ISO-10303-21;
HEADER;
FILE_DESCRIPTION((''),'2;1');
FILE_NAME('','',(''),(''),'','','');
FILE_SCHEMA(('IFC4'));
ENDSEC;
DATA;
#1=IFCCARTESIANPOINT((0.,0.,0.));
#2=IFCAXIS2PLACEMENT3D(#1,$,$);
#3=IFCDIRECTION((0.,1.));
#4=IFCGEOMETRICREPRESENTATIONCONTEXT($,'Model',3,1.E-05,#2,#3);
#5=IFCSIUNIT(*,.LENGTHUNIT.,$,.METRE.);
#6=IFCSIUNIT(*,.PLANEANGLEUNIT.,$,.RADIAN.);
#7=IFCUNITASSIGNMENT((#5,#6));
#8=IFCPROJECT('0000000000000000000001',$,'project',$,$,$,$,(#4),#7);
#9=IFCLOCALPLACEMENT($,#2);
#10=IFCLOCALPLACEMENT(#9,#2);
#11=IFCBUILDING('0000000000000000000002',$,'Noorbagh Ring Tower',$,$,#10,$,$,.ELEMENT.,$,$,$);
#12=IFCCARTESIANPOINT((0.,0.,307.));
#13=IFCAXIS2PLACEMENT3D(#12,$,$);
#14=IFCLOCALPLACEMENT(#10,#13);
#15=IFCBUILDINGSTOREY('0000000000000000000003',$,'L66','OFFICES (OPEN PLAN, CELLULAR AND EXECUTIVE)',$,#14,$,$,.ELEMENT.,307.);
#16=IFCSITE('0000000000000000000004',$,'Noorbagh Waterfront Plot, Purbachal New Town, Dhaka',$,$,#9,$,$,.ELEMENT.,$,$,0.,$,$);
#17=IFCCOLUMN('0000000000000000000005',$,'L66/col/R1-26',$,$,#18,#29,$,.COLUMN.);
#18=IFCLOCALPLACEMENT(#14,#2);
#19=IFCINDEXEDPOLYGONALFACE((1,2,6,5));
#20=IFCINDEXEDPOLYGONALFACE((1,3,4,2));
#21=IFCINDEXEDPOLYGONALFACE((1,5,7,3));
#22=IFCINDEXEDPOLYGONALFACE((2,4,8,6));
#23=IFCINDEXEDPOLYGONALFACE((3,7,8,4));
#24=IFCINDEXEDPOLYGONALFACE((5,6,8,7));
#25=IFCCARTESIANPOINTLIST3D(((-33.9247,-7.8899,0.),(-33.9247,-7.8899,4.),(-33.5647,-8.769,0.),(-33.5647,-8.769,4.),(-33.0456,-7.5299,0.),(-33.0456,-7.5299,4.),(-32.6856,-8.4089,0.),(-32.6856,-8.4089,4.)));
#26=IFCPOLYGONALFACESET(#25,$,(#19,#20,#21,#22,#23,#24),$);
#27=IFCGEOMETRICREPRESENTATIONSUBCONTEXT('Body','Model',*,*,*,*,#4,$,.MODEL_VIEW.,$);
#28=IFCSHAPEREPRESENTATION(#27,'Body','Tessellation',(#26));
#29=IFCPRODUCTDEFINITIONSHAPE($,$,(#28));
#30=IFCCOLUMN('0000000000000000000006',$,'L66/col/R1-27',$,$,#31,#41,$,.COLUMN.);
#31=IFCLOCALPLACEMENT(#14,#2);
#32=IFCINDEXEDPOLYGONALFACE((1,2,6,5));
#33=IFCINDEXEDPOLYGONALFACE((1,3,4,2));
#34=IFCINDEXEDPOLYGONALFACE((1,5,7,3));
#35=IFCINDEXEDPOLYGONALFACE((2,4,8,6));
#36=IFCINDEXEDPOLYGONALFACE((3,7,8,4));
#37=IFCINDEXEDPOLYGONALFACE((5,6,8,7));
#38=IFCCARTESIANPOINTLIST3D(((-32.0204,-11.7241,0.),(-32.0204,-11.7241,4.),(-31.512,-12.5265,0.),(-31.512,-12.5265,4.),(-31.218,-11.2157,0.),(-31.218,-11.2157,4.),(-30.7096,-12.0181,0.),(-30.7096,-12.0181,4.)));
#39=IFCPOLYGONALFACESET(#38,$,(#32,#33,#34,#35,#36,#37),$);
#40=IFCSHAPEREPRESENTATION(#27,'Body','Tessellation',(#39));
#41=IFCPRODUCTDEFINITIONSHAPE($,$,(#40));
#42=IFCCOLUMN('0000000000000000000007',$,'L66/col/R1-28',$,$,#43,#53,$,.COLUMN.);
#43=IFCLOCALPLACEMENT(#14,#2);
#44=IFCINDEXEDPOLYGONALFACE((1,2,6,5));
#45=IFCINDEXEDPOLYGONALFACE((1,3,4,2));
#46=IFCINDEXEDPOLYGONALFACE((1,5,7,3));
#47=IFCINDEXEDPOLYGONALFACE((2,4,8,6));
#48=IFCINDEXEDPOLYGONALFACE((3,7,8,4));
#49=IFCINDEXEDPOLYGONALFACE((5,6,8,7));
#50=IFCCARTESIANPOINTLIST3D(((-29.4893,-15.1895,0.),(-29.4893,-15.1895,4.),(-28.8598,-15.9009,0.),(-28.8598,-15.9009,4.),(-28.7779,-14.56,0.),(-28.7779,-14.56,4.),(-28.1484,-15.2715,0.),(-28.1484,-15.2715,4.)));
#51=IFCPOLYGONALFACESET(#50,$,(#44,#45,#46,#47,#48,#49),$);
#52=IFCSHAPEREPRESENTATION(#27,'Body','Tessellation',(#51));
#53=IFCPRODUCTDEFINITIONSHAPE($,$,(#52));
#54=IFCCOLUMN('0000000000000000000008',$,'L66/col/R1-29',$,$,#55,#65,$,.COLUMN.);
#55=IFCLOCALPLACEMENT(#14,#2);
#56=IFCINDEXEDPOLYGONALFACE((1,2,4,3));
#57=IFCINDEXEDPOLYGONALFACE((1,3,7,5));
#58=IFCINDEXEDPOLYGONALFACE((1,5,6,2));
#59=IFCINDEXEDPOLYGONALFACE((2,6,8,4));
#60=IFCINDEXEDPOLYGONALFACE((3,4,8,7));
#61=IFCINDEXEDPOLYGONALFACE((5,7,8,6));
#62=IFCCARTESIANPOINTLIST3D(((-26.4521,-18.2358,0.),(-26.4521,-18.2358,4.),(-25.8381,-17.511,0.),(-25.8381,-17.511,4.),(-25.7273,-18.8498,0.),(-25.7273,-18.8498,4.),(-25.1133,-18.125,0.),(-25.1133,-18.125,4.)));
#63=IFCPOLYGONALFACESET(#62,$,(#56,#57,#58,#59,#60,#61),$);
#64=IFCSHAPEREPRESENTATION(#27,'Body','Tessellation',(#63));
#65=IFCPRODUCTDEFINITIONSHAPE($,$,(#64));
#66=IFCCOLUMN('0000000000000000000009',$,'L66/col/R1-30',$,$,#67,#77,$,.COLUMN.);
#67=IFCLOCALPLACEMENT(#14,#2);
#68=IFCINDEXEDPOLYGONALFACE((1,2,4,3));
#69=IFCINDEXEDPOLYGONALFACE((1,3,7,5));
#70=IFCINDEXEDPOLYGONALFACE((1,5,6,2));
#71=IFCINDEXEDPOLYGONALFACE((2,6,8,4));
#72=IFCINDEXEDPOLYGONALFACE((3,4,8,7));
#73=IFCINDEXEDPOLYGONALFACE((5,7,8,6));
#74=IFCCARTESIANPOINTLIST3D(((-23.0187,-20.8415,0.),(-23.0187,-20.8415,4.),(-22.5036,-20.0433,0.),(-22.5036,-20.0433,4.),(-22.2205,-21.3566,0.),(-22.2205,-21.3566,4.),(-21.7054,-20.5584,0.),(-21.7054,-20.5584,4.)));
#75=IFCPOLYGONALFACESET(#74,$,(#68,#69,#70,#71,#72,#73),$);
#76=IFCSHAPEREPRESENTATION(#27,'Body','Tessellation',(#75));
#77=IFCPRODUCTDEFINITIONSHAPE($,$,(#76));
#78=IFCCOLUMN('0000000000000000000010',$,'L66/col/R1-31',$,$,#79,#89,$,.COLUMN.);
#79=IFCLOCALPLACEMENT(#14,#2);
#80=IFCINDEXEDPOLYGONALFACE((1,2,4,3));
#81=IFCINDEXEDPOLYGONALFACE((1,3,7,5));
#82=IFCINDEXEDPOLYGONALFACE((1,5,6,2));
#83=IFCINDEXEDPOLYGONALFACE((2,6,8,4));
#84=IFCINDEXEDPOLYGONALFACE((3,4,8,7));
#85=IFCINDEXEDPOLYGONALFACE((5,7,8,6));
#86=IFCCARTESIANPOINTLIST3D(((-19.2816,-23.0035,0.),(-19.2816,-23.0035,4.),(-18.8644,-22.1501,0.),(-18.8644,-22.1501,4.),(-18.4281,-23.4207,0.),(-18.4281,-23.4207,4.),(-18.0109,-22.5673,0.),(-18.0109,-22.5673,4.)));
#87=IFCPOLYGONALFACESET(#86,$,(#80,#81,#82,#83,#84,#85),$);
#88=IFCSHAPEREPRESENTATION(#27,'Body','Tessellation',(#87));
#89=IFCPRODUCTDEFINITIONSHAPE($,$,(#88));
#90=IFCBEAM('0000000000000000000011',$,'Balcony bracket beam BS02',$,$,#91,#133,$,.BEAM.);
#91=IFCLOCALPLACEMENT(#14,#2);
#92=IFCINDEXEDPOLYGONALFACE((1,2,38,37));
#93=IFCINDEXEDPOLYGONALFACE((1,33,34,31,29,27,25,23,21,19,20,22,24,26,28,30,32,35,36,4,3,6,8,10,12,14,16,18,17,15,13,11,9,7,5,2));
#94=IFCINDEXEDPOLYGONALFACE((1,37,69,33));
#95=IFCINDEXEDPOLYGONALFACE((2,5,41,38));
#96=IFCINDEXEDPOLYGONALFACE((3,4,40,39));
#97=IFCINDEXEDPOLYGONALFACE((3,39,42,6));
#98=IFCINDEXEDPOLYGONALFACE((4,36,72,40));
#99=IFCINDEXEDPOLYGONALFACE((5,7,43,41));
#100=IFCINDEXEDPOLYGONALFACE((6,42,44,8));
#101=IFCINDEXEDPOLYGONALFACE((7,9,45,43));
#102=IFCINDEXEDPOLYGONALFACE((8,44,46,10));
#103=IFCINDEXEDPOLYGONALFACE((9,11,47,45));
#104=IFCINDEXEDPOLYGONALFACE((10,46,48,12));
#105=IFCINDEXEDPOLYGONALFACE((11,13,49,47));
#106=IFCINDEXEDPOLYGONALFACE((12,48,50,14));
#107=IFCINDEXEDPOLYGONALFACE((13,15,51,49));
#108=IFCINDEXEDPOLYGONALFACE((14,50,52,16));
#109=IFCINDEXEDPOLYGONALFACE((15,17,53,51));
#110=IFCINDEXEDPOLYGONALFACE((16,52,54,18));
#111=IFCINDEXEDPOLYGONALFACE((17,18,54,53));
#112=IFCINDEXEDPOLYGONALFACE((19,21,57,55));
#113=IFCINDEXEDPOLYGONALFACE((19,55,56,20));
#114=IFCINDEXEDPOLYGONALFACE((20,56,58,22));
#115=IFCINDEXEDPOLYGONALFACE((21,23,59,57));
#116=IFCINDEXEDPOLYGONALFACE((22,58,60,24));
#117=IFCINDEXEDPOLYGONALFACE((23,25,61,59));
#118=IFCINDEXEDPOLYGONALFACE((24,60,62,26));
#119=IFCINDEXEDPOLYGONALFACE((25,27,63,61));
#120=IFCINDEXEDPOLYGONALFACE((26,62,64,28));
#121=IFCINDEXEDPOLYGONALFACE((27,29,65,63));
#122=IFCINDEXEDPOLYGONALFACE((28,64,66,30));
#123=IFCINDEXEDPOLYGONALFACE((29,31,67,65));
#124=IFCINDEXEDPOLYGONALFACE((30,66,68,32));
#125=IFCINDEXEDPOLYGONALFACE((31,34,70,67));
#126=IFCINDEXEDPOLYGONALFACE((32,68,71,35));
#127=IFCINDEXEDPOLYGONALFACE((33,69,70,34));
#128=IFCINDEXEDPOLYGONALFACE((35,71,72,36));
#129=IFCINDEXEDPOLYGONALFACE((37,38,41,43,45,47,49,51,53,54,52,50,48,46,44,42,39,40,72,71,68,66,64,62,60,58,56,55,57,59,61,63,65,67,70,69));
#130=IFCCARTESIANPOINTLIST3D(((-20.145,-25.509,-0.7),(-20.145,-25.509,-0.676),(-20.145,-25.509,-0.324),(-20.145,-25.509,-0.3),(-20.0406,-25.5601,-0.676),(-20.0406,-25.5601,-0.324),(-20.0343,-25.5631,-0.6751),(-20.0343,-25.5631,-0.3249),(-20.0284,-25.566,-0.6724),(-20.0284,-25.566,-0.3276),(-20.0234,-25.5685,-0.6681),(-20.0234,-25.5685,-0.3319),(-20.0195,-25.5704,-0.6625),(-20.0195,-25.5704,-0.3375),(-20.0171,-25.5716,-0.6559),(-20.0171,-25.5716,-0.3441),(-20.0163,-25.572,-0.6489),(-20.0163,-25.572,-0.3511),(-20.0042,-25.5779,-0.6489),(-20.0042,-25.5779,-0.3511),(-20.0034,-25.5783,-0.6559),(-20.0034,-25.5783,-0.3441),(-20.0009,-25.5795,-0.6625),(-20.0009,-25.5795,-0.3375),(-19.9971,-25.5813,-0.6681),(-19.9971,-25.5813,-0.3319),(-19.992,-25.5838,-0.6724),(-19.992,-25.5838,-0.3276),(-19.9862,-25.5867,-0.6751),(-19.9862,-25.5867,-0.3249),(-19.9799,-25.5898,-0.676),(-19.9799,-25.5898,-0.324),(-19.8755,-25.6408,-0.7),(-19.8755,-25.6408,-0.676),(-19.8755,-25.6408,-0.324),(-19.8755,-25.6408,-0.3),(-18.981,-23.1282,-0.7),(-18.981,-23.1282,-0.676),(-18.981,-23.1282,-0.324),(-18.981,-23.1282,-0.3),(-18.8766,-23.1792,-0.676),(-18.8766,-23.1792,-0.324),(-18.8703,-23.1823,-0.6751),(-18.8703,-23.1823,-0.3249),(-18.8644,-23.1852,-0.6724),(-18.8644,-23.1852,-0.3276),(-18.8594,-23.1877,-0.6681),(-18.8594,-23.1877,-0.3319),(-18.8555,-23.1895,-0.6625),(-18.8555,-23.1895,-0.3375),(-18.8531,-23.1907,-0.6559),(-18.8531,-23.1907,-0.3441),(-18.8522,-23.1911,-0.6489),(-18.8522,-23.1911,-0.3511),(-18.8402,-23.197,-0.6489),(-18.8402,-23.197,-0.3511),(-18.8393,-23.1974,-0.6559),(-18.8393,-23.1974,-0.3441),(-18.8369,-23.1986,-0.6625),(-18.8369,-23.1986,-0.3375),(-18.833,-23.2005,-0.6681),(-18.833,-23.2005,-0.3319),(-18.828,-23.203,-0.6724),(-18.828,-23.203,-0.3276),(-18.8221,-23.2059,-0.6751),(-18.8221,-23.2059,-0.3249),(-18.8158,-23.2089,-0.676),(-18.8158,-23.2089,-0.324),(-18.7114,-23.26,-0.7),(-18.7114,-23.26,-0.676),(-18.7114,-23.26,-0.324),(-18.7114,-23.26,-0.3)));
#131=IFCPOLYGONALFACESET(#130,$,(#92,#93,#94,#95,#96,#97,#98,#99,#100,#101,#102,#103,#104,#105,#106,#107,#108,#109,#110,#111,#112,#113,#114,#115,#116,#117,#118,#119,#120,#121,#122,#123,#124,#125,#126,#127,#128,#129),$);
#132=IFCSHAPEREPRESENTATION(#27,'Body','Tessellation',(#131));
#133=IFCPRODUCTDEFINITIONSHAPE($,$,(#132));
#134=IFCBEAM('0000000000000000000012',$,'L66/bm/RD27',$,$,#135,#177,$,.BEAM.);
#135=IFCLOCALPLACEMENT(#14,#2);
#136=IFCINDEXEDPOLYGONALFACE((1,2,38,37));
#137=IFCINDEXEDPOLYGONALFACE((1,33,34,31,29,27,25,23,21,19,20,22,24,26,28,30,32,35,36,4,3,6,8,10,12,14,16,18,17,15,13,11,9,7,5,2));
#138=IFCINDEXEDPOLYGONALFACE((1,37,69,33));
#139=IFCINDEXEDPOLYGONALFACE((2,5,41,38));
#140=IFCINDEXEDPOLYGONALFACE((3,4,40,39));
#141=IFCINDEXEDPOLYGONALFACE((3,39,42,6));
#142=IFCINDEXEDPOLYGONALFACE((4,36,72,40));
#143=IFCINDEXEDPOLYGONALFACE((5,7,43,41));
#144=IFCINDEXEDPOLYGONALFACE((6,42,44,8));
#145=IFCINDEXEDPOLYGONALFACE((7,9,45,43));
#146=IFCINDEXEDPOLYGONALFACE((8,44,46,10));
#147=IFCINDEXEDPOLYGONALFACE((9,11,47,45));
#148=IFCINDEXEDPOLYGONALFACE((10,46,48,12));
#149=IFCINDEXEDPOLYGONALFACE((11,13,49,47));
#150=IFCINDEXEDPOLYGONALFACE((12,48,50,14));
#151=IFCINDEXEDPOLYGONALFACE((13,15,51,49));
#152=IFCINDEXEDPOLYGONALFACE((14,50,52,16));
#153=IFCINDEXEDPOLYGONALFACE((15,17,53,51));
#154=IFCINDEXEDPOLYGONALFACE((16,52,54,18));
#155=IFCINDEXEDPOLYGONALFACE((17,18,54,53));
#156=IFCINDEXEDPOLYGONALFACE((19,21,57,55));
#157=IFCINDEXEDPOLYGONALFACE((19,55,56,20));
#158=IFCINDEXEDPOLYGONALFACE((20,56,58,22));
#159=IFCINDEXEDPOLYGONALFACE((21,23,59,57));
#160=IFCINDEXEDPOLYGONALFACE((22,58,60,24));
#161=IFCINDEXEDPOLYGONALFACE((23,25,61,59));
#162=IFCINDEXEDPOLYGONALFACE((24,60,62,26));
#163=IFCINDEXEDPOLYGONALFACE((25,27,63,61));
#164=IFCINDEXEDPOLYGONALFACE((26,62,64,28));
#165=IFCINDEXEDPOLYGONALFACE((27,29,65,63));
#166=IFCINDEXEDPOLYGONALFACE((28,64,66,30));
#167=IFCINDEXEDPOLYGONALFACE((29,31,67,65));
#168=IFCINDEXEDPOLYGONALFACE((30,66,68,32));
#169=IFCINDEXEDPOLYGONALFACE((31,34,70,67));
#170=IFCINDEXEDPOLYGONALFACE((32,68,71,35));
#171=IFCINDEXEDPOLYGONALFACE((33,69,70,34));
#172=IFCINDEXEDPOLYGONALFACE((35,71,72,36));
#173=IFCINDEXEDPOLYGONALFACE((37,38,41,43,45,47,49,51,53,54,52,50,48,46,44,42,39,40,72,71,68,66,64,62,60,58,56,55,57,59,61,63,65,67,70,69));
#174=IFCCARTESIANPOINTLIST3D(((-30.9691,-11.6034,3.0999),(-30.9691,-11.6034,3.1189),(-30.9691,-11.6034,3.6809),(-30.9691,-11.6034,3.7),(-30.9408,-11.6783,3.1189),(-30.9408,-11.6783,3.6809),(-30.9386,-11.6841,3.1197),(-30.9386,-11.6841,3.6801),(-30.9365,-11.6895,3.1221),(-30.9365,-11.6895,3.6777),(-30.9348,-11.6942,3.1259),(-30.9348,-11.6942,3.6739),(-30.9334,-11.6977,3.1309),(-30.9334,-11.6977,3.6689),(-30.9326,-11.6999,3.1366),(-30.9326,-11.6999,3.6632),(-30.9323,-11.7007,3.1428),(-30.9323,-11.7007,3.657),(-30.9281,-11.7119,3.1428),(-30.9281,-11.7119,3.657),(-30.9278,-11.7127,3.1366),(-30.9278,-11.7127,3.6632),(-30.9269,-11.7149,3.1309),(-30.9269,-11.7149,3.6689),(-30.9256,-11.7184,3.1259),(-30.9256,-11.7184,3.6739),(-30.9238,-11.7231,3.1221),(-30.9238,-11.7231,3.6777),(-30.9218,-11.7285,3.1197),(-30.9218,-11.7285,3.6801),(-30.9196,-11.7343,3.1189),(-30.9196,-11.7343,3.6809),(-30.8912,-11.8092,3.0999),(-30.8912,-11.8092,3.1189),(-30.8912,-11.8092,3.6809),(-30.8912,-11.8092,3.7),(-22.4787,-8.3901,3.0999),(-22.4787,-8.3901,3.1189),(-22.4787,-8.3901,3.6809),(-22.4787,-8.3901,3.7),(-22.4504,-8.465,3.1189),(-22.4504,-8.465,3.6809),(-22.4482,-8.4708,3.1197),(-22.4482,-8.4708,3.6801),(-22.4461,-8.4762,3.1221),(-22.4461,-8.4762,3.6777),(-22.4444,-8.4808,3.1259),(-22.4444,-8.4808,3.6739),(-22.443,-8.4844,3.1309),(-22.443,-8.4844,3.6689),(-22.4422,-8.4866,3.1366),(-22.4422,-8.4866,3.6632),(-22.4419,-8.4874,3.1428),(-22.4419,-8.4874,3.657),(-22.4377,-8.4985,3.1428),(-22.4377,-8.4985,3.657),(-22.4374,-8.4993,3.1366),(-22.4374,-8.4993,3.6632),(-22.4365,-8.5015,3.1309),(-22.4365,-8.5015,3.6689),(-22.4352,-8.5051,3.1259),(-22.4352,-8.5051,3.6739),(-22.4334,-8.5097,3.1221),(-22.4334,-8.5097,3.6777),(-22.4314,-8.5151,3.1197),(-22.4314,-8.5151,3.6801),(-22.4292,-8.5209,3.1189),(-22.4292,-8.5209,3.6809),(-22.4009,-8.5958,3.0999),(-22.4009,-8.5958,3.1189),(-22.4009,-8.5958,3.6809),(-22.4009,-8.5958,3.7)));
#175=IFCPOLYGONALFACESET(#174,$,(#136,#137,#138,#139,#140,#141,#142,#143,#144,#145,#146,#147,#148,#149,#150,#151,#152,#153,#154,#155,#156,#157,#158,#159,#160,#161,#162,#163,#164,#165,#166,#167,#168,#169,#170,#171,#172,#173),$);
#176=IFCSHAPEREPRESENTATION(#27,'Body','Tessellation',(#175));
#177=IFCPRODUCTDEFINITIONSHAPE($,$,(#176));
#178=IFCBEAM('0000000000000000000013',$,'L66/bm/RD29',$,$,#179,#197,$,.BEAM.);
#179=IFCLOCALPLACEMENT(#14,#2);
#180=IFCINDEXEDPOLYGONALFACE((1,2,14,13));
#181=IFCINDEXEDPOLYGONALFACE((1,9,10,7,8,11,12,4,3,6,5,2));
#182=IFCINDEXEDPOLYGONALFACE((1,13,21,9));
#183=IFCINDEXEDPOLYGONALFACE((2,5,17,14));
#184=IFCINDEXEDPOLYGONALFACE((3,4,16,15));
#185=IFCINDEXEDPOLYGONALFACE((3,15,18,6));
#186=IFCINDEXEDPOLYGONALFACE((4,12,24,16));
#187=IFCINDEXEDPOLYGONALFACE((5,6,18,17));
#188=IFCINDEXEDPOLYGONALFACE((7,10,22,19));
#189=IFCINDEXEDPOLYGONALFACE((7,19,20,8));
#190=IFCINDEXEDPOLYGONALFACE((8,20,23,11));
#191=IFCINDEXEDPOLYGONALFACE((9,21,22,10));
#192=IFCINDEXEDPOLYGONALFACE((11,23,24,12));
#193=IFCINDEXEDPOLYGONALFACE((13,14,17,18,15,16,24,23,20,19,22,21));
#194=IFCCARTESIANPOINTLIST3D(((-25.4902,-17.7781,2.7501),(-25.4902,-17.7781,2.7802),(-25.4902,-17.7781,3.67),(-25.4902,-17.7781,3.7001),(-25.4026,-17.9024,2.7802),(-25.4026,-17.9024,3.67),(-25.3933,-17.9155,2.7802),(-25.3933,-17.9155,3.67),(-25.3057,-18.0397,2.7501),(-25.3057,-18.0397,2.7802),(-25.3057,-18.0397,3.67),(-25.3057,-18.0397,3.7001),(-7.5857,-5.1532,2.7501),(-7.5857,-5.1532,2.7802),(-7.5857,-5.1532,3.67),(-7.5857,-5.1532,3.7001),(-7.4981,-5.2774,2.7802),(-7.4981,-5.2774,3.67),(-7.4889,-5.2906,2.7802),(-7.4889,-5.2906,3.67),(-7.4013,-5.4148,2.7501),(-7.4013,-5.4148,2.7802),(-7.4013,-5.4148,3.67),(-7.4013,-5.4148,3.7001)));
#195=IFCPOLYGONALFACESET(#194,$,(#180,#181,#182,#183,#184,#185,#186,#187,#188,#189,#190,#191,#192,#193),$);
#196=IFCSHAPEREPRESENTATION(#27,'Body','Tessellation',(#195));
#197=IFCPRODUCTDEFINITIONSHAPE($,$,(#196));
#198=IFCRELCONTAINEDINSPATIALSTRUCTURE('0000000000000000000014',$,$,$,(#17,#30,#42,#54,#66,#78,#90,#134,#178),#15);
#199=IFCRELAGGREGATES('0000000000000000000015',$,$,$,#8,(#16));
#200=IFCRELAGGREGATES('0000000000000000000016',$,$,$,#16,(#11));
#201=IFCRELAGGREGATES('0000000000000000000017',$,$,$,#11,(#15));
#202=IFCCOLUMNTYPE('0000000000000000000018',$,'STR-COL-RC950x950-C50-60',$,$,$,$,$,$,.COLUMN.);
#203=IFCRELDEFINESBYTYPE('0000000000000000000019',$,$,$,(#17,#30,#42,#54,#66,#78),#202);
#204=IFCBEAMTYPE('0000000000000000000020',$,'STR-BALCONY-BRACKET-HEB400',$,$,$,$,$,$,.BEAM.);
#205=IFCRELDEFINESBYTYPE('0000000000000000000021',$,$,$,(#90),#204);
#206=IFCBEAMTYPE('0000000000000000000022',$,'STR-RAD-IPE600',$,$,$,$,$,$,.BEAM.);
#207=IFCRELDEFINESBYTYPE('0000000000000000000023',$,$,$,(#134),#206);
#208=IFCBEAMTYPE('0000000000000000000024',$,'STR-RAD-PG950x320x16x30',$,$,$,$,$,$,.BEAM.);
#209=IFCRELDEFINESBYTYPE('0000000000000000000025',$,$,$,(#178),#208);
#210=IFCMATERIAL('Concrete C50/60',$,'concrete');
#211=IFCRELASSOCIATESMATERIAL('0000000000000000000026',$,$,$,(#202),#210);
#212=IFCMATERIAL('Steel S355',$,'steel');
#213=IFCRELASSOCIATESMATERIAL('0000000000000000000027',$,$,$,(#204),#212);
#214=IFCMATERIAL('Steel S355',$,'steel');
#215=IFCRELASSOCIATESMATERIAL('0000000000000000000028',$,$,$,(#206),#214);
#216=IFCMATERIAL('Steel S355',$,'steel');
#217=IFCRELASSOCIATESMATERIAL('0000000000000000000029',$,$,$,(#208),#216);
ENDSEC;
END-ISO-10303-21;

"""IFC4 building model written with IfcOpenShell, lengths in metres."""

from ifc_helpers import new_model, si_unit, direction, frame, origin, origin_2d, place, context, subcontext, project, spatial, rectangle, i_section, extrude, material, material_profile, profile_set, type_object, element, save


model = new_model("IFC4")

# Units and contexts
model_context = context("Model", 3, precision=1e-05, world=origin(), true_north=direction((0.0, 1.0)))
body_context = subcontext(model_context, "Body", "Model", "MODEL_VIEW")
ifc_project = project(units=[si_unit("LENGTHUNIT", "METRE"), si_unit("PLANEANGLEUNIT", "RADIAN")], contexts=[model_context])

# Site, building, storey
site_placement = place(None, origin())
site = spatial("IfcSite", under=ifc_project, at=site_placement, Name="Noorbagh Waterfront Plot, Purbachal New Town, Dhaka", CompositionType="ELEMENT", RefElevation=0.0)
building_placement = place(site_placement, origin())
building = spatial("IfcBuilding", under=site, at=building_placement, Name="Noorbagh Ring Tower", CompositionType="ELEMENT")
storey_placement = place(building_placement, frame((0.0, 0.0, 307.0)))
storey = spatial("IfcBuildingStorey", under=building, at=storey_placement, Name="L66", Description="OFFICES (OPEN PLAN, CELLULAR AND EXECUTIVE)", CompositionType="ELEMENT", Elevation=307.0)

# Columns
ifc_material_1 = material(Name="Concrete C50/60", Category="concrete")
ifc_material_profile_1 = material_profile(ifc_material_1, rectangle(XDim=0.95, YDim=0.95, at=origin_2d()), Name="RC950x950")
ifc_profile_set_1 = profile_set([ifc_material_profile_1], Name="Concrete C50/60")
column_type = type_object("IfcColumnType", Name="STR-COL-RC950x950-C50-60", PredefinedType="COLUMN", material=ifc_profile_set_1)
for number, where, z_axis, x_axis, name in (
    (1, (-33.3052, -8.1494, 0.0), (0.0, 0.0, 1.0), (0.378989, -0.925401, 0.0), "L66/col/R1-26"),
    (2, (-31.365, -11.8711, 0.0), (0.0, 0.0, 1.0), (0.53519, -0.844731, 0.0), "L66/col/R1-27"),
    (3, (-28.8188, -15.2305, 0.0), (0.0, 0.0, 1.0), (0.662636, -0.748942, 0.0), "L66/col/R1-28"),
    (4, (-25.7827, -18.1804, 0.0), (0.0, 0.0, 1.0), (0.763035, -0.646357, 0.0), "L66/col/R1-29"),
    (5, (-22.3621, -20.7, 0.0), (0.0, 0.0, 1.0), (0.840248, -0.542203, 0.0), "L66/col/R1-30"),
    (6, (-18.6462, -22.7854, 0.0), (0.0, 0.0, 1.0), (0.898399, -0.43918, 0.0), "L66/col/R1-31"),
):
    element("IfcColumn", number, at=place(storey_placement, frame(where, z_axis=z_axis, x_axis=x_axis)), inside=storey, type_object=column_type, Name=name, PredefinedType="COLUMN", context=body_context, shape_type="SweptSolid", body=[
        extrude(rectangle(XDim=0.95, YDim=0.95, at=origin_2d()), origin(), (0.0, 0.0, 1.0), 4.0),
    ])

# Beams
ifc_material_2 = material(Name="Steel S355", Category="steel")
ifc_material_profile_2 = material_profile(ifc_material_2, i_section(OverallWidth=0.3, OverallDepth=0.3999, WebThickness=0.0134, FlangeThickness=0.0239, FilletRadius=0.0271, at=origin_2d()), Name="HEB400")
ifc_profile_set_2 = profile_set([ifc_material_profile_2], Name="Steel S355")
beam_type_1 = type_object("IfcBeamType", Name="STR-BALCONY-BRACKET-HEB400", PredefinedType="BEAM", material=ifc_profile_set_2)
beam_1_placement = place(storey_placement, frame((-18.8462, -23.1941, -0.5), z_axis=(-0.439237, -0.898371, 0.0), x_axis=(0.898371, -0.439237, 0.0)))
element("IfcBeam", 7, at=beam_1_placement, inside=storey, type_object=beam_type_1, Name="Balcony bracket beam BS02", PredefinedType="BEAM", context=body_context, shape_type="SweptSolid", body=[
    extrude(i_section(OverallWidth=0.3, OverallDepth=0.3999, WebThickness=0.0134, FlangeThickness=0.0239, FilletRadius=0.0271, at=origin_2d()), origin(), (0.0, 0.0, 1.0), 2.6501),
])
ifc_material_3 = material(Name="Steel S355", Category="steel")
ifc_material_profile_3 = material_profile(ifc_material_3, i_section(OverallWidth=0.22, OverallDepth=0.6001, WebThickness=0.012, FlangeThickness=0.019, FilletRadius=0.0239, at=origin_2d()), Name="IPE600")
ifc_profile_set_3 = profile_set([ifc_material_profile_3], Name="Steel S355")
beam_type_2 = type_object("IfcBeamType", Name="STR-RAD-IPE600", PredefinedType="BEAM", material=ifc_profile_set_3)
beam_2_placement = place(storey_placement, frame((-30.9302, -11.7063, 3.3999), z_axis=(0.935258, 0.353966, 0.0), x_axis=(-0.353966, 0.935258, 0.0)))
element("IfcBeam", 8, at=beam_2_placement, inside=storey, type_object=beam_type_2, Name="L66/bm/RD27", PredefinedType="BEAM", context=body_context, shape_type="SweptSolid", body=[
    extrude(i_section(OverallWidth=0.22, OverallDepth=0.6001, WebThickness=0.012, FlangeThickness=0.019, FilletRadius=0.0239, at=origin_2d()), origin(), (0.0, 0.0, 1.0), 9.0781),
])
ifc_material_4 = material(Name="Steel S355", Category="steel")
ifc_material_profile_4 = material_profile(ifc_material_4, i_section(OverallWidth=0.3201, OverallDepth=0.95, WebThickness=0.0161, FlangeThickness=0.03, at=origin_2d()), Name="PG950x320x16x30")
ifc_profile_set_4 = profile_set([ifc_material_profile_4], Name="Steel S355")
beam_type_3 = type_object("IfcBeamType", Name="STR-RAD-PG950x320x16x30", PredefinedType="BEAM", material=ifc_profile_set_4)
beam_3_placement = place(storey_placement, frame((-25.3979, -17.9089, 3.2251), z_axis=(0.817258, 0.576272, 0.0), x_axis=(-0.576272, 0.817258, 0.0)))
element("IfcBeam", 9, at=beam_3_placement, inside=storey, type_object=beam_type_3, Name="L66/bm/RD29", PredefinedType="BEAM", context=body_context, shape_type="SweptSolid", body=[
    extrude(i_section(OverallWidth=0.3201, OverallDepth=0.95, WebThickness=0.0161, FlangeThickness=0.03, at=origin_2d()), origin(), (0.0, 0.0, 1.0), 21.908),
])

save(model, "model.ifc")
